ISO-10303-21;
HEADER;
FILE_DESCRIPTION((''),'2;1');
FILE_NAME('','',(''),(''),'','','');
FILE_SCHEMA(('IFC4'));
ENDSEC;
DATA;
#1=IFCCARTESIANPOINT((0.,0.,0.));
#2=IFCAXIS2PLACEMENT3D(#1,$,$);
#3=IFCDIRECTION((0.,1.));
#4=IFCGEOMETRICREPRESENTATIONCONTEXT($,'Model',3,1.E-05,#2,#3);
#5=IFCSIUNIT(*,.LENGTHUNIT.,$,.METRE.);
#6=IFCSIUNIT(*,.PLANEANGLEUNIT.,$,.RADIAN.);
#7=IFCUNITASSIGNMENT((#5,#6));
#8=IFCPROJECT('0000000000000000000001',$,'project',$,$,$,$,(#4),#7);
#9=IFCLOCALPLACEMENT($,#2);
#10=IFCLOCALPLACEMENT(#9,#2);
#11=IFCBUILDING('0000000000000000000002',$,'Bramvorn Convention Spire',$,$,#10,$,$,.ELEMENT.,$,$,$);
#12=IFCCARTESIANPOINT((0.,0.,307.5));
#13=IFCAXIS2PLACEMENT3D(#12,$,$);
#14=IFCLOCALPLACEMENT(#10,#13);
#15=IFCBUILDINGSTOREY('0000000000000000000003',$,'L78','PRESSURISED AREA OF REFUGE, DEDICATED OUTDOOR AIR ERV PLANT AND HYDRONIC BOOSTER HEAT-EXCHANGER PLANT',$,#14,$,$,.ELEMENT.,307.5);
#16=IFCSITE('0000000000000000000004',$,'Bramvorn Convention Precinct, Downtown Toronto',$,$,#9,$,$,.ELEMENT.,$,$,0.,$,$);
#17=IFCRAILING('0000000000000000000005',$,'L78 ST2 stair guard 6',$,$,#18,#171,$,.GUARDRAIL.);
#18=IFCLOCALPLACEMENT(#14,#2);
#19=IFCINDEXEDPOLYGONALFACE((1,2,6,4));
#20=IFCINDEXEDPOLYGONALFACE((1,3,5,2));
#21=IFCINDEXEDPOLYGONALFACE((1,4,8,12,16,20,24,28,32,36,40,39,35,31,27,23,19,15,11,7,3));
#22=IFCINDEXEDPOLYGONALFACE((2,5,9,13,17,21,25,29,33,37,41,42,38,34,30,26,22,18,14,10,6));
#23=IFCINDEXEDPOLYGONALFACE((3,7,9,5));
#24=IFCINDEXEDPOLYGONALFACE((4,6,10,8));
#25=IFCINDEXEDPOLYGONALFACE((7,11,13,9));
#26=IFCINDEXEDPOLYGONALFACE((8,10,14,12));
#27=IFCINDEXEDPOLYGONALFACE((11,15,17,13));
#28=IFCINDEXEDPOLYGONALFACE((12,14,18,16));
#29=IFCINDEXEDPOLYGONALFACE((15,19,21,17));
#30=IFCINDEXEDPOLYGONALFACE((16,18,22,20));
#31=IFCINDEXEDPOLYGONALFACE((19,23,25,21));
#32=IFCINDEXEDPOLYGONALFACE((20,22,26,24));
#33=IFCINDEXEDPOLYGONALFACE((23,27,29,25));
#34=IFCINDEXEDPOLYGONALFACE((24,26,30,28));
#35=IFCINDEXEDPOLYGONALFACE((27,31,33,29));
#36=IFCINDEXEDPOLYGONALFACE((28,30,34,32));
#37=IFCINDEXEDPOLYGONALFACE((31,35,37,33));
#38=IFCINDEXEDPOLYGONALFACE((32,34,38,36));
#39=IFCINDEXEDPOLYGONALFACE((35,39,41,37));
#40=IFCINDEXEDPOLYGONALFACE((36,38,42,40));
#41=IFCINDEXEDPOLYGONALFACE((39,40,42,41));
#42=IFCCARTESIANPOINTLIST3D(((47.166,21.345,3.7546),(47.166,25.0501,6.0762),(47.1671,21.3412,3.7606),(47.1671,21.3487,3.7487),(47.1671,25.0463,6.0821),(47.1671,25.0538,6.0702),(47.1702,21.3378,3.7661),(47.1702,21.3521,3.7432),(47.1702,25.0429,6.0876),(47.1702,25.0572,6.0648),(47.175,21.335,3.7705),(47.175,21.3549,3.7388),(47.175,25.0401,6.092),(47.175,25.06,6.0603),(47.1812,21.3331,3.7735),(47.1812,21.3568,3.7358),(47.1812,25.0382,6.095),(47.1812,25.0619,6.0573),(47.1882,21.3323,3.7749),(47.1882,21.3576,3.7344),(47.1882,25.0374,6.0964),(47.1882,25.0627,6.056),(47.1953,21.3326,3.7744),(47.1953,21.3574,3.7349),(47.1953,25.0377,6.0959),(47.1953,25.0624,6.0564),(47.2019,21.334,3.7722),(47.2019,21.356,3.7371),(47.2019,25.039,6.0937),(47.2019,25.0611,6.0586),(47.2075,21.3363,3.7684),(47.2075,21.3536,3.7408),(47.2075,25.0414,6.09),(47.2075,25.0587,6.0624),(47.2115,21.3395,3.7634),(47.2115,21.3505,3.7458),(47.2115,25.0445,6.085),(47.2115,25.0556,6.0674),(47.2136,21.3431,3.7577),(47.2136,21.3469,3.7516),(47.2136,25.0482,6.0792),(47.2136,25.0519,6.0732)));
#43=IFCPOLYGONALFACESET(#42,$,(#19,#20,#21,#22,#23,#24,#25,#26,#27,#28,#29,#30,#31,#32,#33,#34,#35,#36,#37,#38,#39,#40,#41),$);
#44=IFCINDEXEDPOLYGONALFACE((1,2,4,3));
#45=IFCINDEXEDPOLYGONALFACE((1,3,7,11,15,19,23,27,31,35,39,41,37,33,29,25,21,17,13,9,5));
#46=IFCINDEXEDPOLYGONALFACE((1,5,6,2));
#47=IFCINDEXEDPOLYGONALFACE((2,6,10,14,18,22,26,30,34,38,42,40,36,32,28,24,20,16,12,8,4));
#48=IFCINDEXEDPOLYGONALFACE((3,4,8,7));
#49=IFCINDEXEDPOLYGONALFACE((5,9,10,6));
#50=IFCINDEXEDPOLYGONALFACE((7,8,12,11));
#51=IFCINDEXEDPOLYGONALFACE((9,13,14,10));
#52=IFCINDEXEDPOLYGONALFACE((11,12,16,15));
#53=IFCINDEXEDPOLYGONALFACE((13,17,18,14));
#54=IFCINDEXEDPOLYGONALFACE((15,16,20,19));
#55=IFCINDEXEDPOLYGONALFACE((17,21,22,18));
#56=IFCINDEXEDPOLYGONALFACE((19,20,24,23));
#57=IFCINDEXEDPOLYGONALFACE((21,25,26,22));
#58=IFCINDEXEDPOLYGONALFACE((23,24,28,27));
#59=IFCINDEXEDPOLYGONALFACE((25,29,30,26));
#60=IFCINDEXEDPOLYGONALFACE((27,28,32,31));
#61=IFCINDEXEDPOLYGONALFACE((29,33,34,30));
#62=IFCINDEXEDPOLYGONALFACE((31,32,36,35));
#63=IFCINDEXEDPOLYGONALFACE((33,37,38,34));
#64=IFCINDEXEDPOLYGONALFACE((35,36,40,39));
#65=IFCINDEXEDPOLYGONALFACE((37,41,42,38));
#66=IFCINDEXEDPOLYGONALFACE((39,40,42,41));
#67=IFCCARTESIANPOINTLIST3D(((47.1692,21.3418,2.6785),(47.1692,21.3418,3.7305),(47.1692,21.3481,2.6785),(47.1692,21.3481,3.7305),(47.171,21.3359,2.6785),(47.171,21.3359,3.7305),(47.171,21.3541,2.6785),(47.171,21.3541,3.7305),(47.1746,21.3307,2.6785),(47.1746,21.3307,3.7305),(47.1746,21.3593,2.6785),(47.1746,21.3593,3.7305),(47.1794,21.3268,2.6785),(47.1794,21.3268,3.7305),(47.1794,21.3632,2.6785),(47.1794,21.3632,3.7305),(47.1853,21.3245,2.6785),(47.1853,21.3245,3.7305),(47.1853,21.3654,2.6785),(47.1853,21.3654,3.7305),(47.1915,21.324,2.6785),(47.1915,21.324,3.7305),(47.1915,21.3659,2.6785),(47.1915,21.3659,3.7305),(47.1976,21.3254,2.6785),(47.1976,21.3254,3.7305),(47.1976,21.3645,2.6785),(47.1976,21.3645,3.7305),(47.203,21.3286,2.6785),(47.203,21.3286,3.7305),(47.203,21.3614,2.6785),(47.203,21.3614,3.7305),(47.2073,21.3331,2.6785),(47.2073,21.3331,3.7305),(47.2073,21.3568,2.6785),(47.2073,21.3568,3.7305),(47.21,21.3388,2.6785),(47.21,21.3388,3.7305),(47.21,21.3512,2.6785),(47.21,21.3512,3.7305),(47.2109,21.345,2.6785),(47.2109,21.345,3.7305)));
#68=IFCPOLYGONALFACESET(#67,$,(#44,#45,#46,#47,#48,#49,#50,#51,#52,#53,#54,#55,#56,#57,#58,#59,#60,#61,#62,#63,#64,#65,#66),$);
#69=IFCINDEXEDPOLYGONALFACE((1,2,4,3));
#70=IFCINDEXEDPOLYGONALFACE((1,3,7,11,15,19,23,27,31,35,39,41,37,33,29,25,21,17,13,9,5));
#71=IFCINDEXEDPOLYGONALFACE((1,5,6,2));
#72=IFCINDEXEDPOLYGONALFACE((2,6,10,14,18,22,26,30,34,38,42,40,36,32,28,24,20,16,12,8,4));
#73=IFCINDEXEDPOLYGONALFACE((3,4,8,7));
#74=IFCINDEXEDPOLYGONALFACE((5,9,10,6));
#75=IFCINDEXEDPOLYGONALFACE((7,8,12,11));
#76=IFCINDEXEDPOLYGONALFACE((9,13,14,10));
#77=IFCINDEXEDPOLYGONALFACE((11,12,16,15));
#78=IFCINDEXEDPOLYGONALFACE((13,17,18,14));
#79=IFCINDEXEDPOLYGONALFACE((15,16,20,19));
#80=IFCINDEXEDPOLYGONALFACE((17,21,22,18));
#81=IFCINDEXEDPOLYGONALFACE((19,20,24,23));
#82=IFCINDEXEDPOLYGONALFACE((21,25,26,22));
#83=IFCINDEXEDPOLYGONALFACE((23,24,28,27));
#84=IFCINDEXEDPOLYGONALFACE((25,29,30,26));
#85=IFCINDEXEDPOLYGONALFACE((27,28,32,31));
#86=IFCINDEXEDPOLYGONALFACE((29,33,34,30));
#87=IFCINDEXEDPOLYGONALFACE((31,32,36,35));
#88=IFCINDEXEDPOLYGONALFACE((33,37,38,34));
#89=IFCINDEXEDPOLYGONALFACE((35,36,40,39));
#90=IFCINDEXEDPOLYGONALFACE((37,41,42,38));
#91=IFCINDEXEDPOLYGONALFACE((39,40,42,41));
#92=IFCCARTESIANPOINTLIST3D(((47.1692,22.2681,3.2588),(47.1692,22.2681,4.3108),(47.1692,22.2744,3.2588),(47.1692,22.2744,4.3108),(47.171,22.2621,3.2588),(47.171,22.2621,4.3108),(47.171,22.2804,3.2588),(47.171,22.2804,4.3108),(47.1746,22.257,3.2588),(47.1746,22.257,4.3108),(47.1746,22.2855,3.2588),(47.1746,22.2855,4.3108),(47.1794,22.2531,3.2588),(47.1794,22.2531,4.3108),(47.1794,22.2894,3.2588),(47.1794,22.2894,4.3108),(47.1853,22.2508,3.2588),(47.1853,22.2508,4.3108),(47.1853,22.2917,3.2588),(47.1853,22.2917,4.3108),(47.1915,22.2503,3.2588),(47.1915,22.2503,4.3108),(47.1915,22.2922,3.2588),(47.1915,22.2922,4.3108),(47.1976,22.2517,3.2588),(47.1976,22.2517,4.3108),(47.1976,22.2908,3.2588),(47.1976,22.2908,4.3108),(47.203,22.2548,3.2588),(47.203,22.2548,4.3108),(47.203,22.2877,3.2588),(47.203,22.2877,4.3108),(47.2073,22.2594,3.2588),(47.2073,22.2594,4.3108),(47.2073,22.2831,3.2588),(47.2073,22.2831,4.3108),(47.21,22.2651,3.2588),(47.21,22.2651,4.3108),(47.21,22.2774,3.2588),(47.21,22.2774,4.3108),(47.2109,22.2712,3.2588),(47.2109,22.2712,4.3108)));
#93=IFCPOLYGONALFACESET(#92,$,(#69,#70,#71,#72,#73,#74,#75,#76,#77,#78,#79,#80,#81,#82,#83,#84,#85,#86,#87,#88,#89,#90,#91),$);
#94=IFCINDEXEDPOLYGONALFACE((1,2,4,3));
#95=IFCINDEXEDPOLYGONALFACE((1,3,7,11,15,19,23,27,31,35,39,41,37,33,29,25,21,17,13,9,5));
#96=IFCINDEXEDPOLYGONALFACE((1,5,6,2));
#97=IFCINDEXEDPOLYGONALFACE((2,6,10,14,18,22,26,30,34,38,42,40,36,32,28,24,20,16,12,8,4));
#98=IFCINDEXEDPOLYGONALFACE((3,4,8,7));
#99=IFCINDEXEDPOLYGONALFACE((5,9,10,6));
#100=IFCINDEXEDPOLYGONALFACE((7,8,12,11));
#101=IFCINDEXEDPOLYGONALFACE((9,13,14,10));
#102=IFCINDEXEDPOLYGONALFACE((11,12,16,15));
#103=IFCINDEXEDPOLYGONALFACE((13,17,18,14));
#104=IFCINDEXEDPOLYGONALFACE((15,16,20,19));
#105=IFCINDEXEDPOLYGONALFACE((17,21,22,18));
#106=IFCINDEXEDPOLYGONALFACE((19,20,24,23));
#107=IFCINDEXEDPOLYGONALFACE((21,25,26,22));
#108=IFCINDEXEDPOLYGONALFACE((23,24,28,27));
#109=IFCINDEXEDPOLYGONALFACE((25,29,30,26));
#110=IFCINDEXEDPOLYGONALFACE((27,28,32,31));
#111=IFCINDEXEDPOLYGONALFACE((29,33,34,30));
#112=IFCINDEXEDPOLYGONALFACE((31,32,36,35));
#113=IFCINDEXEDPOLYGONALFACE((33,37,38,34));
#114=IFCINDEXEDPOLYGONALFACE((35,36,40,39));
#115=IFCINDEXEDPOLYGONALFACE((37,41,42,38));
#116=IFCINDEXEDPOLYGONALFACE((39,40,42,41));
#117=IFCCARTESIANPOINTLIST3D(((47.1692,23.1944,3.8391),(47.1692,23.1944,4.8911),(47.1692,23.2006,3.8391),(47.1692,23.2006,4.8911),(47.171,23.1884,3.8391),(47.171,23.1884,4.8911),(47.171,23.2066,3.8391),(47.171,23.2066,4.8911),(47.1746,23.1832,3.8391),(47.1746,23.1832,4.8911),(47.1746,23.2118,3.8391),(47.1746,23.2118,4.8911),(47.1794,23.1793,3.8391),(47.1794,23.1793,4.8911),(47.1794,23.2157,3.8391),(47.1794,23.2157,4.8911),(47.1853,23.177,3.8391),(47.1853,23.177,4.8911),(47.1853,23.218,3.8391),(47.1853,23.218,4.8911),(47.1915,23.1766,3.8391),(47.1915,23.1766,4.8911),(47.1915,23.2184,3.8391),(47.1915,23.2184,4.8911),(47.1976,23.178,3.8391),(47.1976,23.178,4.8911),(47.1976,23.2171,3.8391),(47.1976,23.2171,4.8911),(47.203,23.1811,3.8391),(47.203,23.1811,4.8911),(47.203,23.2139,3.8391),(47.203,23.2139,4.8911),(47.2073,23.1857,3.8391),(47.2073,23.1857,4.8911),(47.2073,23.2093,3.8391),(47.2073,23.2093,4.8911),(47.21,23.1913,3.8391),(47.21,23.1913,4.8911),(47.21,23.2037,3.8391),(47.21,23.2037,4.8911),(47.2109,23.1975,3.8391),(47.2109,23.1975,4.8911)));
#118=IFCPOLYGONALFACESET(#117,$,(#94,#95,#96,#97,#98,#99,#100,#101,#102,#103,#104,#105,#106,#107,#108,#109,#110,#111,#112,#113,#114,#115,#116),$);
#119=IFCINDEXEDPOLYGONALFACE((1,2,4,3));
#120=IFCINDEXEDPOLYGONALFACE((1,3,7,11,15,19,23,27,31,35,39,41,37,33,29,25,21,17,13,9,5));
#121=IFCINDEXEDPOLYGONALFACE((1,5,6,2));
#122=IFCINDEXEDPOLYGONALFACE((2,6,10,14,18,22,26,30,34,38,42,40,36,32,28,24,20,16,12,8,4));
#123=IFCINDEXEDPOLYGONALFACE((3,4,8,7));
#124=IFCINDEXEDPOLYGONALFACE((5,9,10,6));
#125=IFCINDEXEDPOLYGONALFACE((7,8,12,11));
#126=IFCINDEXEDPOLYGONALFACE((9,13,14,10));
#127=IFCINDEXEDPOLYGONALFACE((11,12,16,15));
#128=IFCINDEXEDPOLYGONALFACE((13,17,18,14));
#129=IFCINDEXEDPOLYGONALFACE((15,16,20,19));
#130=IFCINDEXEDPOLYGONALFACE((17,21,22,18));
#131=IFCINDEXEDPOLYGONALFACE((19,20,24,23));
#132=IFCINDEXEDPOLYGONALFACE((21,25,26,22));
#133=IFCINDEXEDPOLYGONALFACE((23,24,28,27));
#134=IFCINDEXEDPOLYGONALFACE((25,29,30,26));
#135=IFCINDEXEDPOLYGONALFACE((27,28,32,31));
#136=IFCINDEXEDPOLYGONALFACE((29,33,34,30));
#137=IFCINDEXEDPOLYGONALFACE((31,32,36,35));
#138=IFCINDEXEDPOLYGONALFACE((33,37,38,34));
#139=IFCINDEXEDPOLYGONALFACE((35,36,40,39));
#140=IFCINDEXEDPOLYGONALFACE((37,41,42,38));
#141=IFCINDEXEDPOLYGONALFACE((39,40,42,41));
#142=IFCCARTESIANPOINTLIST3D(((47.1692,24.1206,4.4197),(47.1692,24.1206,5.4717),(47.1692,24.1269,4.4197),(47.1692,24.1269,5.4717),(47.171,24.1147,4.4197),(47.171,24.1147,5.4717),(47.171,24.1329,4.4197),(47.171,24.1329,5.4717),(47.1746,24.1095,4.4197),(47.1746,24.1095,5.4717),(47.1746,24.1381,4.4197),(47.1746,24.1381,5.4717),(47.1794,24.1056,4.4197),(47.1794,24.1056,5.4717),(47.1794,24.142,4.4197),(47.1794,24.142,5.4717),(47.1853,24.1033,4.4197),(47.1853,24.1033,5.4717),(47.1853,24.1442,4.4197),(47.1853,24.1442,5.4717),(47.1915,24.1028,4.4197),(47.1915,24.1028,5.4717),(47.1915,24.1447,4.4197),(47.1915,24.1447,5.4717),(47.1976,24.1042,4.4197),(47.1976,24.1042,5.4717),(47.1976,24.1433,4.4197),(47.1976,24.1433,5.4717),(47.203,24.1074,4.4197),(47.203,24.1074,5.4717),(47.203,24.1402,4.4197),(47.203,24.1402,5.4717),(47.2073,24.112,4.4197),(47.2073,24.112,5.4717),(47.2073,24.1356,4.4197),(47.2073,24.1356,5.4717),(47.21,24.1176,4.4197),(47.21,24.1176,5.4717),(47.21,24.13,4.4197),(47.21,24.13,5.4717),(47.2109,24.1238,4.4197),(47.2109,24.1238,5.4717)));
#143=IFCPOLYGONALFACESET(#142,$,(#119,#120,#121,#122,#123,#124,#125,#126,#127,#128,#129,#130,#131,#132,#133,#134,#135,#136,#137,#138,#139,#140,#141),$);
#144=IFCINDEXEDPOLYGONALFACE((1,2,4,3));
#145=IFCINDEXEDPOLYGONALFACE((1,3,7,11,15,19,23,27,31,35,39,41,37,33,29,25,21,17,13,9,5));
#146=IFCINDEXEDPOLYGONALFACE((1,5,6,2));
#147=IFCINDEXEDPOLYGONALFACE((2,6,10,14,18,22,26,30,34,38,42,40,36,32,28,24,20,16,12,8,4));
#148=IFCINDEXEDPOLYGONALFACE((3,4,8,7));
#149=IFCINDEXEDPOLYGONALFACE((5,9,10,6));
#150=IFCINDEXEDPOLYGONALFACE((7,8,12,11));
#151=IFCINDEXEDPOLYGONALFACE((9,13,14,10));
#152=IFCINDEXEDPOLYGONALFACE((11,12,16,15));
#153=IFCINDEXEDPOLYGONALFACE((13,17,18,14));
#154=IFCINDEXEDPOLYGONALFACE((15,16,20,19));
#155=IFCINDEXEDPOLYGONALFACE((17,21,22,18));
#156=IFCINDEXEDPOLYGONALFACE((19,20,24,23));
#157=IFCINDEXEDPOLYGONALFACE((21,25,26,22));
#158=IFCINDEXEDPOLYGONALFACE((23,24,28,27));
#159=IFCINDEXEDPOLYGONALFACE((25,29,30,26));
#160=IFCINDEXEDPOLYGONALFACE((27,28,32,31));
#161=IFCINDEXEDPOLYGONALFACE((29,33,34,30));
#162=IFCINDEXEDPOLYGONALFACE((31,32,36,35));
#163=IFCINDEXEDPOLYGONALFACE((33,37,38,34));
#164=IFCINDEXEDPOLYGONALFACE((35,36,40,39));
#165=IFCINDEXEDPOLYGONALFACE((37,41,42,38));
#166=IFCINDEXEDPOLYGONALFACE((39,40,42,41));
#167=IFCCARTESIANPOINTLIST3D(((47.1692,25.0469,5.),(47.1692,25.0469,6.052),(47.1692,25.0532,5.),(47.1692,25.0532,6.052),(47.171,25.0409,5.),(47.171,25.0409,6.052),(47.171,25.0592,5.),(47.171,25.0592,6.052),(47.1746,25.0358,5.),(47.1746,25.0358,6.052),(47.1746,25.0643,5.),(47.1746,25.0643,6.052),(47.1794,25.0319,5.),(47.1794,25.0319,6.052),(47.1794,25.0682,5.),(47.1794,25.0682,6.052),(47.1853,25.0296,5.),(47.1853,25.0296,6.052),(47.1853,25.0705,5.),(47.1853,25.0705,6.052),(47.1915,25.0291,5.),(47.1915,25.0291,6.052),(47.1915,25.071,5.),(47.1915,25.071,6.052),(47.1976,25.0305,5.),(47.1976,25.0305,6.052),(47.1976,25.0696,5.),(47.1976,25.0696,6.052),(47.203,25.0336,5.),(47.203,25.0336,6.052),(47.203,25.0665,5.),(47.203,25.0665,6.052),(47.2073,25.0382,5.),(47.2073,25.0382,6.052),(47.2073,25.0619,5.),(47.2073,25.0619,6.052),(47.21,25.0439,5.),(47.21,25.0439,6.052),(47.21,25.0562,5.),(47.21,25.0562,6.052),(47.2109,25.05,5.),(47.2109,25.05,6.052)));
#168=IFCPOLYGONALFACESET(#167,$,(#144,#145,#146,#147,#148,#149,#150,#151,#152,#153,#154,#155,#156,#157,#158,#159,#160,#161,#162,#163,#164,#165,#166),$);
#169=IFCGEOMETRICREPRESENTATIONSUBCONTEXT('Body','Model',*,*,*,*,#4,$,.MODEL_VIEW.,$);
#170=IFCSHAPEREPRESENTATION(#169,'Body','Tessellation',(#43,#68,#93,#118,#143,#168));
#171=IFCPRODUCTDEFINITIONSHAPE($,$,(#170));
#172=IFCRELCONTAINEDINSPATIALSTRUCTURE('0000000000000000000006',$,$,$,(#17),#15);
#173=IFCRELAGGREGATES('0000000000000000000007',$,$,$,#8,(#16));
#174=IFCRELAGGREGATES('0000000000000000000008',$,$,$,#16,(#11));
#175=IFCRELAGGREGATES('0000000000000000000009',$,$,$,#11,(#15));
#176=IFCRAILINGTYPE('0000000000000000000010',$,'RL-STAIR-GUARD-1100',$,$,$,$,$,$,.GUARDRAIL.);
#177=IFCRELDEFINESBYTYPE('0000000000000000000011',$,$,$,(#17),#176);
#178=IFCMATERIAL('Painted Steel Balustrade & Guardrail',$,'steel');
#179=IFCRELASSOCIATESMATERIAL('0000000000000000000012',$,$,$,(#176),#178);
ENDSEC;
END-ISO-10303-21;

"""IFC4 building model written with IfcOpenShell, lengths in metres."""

from ifc_helpers import new_model, si_unit, direction, frame, origin, origin_2d, place, context, subcontext, project, spatial, circle, extrude, material, type_object, element, save


model = new_model("IFC4")

# Units and contexts
model_context = context("Model", 3, precision=1e-05, world=origin(), true_north=direction((0.0, 1.0)))
body_context = subcontext(model_context, "Body", "Model", "MODEL_VIEW")
ifc_project = project(units=[si_unit("LENGTHUNIT", "METRE"), si_unit("PLANEANGLEUNIT", "RADIAN")], contexts=[model_context])

# Site, building, storey
site_placement = place(None, origin())
site = spatial("IfcSite", under=ifc_project, at=site_placement, Name="Bramvorn Convention Precinct, Downtown Toronto", CompositionType="ELEMENT", RefElevation=0.0)
building_placement = place(site_placement, origin())
building = spatial("IfcBuilding", under=site, at=building_placement, Name="Bramvorn Convention Spire", CompositionType="ELEMENT")
storey_placement = place(building_placement, frame((0.0, 0.0, 307.5)))
storey = spatial("IfcBuildingStorey", under=building, at=storey_placement, Name="L78", Description="PRESSURISED AREA OF REFUGE, DEDICATED OUTDOOR AIR ERV PLANT AND HYDRONIC BOOSTER HEAT-EXCHANGER PLANT", CompositionType="ELEMENT", Elevation=307.5)

# Railing
ifc_material_1 = material(Name="Painted Steel Balustrade & Guardrail", Category="steel")
railing_type_1 = type_object("IfcRailingType", Name="RL-STAIR-GUARD-1100", PredefinedType="GUARDRAIL", material=ifc_material_1)
railing_1_placement = place(storey_placement, frame((47.1899, 21.345, 2.6785)))
element("IfcRailing", 1, at=railing_1_placement, inside=storey, type_object=railing_type_1, Name="L78 ST2 stair guard 6", PredefinedType="GUARDRAIL", context=body_context, shape_type="SweptSolid", body=[
    extrude(circle(Radius=0.0239, at=origin_2d()), frame((0.0, 0.0, 1.0762), z_axis=(0.0, 0.847395, 0.530962), x_axis=(-1.0, 0.0, 0.0)), (0.0, 0.0, 1.0), 4.3723),
    extrude(circle(Radius=0.021, at=origin_2d()), origin(), (0.0, 0.0, 1.0), 1.052),
    extrude(circle(Radius=0.021, at=origin_2d()), frame((0.0, 0.9263, 0.5803)), (0.0, 0.0, 1.0), 1.052),
    extrude(circle(Radius=0.021, at=origin_2d()), frame((0.0, 1.8525, 1.1606)), (0.0, 0.0, 1.0), 1.052),
    extrude(circle(Radius=0.021, at=origin_2d()), frame((0.0, 2.7788, 1.7412)), (0.0, 0.0, 1.0), 1.052),
    extrude(circle(Radius=0.021, at=origin_2d()), frame((0.0, 3.7051, 2.3215)), (0.0, 0.0, 1.0), 1.052),
])

save(model, "model.ifc")
